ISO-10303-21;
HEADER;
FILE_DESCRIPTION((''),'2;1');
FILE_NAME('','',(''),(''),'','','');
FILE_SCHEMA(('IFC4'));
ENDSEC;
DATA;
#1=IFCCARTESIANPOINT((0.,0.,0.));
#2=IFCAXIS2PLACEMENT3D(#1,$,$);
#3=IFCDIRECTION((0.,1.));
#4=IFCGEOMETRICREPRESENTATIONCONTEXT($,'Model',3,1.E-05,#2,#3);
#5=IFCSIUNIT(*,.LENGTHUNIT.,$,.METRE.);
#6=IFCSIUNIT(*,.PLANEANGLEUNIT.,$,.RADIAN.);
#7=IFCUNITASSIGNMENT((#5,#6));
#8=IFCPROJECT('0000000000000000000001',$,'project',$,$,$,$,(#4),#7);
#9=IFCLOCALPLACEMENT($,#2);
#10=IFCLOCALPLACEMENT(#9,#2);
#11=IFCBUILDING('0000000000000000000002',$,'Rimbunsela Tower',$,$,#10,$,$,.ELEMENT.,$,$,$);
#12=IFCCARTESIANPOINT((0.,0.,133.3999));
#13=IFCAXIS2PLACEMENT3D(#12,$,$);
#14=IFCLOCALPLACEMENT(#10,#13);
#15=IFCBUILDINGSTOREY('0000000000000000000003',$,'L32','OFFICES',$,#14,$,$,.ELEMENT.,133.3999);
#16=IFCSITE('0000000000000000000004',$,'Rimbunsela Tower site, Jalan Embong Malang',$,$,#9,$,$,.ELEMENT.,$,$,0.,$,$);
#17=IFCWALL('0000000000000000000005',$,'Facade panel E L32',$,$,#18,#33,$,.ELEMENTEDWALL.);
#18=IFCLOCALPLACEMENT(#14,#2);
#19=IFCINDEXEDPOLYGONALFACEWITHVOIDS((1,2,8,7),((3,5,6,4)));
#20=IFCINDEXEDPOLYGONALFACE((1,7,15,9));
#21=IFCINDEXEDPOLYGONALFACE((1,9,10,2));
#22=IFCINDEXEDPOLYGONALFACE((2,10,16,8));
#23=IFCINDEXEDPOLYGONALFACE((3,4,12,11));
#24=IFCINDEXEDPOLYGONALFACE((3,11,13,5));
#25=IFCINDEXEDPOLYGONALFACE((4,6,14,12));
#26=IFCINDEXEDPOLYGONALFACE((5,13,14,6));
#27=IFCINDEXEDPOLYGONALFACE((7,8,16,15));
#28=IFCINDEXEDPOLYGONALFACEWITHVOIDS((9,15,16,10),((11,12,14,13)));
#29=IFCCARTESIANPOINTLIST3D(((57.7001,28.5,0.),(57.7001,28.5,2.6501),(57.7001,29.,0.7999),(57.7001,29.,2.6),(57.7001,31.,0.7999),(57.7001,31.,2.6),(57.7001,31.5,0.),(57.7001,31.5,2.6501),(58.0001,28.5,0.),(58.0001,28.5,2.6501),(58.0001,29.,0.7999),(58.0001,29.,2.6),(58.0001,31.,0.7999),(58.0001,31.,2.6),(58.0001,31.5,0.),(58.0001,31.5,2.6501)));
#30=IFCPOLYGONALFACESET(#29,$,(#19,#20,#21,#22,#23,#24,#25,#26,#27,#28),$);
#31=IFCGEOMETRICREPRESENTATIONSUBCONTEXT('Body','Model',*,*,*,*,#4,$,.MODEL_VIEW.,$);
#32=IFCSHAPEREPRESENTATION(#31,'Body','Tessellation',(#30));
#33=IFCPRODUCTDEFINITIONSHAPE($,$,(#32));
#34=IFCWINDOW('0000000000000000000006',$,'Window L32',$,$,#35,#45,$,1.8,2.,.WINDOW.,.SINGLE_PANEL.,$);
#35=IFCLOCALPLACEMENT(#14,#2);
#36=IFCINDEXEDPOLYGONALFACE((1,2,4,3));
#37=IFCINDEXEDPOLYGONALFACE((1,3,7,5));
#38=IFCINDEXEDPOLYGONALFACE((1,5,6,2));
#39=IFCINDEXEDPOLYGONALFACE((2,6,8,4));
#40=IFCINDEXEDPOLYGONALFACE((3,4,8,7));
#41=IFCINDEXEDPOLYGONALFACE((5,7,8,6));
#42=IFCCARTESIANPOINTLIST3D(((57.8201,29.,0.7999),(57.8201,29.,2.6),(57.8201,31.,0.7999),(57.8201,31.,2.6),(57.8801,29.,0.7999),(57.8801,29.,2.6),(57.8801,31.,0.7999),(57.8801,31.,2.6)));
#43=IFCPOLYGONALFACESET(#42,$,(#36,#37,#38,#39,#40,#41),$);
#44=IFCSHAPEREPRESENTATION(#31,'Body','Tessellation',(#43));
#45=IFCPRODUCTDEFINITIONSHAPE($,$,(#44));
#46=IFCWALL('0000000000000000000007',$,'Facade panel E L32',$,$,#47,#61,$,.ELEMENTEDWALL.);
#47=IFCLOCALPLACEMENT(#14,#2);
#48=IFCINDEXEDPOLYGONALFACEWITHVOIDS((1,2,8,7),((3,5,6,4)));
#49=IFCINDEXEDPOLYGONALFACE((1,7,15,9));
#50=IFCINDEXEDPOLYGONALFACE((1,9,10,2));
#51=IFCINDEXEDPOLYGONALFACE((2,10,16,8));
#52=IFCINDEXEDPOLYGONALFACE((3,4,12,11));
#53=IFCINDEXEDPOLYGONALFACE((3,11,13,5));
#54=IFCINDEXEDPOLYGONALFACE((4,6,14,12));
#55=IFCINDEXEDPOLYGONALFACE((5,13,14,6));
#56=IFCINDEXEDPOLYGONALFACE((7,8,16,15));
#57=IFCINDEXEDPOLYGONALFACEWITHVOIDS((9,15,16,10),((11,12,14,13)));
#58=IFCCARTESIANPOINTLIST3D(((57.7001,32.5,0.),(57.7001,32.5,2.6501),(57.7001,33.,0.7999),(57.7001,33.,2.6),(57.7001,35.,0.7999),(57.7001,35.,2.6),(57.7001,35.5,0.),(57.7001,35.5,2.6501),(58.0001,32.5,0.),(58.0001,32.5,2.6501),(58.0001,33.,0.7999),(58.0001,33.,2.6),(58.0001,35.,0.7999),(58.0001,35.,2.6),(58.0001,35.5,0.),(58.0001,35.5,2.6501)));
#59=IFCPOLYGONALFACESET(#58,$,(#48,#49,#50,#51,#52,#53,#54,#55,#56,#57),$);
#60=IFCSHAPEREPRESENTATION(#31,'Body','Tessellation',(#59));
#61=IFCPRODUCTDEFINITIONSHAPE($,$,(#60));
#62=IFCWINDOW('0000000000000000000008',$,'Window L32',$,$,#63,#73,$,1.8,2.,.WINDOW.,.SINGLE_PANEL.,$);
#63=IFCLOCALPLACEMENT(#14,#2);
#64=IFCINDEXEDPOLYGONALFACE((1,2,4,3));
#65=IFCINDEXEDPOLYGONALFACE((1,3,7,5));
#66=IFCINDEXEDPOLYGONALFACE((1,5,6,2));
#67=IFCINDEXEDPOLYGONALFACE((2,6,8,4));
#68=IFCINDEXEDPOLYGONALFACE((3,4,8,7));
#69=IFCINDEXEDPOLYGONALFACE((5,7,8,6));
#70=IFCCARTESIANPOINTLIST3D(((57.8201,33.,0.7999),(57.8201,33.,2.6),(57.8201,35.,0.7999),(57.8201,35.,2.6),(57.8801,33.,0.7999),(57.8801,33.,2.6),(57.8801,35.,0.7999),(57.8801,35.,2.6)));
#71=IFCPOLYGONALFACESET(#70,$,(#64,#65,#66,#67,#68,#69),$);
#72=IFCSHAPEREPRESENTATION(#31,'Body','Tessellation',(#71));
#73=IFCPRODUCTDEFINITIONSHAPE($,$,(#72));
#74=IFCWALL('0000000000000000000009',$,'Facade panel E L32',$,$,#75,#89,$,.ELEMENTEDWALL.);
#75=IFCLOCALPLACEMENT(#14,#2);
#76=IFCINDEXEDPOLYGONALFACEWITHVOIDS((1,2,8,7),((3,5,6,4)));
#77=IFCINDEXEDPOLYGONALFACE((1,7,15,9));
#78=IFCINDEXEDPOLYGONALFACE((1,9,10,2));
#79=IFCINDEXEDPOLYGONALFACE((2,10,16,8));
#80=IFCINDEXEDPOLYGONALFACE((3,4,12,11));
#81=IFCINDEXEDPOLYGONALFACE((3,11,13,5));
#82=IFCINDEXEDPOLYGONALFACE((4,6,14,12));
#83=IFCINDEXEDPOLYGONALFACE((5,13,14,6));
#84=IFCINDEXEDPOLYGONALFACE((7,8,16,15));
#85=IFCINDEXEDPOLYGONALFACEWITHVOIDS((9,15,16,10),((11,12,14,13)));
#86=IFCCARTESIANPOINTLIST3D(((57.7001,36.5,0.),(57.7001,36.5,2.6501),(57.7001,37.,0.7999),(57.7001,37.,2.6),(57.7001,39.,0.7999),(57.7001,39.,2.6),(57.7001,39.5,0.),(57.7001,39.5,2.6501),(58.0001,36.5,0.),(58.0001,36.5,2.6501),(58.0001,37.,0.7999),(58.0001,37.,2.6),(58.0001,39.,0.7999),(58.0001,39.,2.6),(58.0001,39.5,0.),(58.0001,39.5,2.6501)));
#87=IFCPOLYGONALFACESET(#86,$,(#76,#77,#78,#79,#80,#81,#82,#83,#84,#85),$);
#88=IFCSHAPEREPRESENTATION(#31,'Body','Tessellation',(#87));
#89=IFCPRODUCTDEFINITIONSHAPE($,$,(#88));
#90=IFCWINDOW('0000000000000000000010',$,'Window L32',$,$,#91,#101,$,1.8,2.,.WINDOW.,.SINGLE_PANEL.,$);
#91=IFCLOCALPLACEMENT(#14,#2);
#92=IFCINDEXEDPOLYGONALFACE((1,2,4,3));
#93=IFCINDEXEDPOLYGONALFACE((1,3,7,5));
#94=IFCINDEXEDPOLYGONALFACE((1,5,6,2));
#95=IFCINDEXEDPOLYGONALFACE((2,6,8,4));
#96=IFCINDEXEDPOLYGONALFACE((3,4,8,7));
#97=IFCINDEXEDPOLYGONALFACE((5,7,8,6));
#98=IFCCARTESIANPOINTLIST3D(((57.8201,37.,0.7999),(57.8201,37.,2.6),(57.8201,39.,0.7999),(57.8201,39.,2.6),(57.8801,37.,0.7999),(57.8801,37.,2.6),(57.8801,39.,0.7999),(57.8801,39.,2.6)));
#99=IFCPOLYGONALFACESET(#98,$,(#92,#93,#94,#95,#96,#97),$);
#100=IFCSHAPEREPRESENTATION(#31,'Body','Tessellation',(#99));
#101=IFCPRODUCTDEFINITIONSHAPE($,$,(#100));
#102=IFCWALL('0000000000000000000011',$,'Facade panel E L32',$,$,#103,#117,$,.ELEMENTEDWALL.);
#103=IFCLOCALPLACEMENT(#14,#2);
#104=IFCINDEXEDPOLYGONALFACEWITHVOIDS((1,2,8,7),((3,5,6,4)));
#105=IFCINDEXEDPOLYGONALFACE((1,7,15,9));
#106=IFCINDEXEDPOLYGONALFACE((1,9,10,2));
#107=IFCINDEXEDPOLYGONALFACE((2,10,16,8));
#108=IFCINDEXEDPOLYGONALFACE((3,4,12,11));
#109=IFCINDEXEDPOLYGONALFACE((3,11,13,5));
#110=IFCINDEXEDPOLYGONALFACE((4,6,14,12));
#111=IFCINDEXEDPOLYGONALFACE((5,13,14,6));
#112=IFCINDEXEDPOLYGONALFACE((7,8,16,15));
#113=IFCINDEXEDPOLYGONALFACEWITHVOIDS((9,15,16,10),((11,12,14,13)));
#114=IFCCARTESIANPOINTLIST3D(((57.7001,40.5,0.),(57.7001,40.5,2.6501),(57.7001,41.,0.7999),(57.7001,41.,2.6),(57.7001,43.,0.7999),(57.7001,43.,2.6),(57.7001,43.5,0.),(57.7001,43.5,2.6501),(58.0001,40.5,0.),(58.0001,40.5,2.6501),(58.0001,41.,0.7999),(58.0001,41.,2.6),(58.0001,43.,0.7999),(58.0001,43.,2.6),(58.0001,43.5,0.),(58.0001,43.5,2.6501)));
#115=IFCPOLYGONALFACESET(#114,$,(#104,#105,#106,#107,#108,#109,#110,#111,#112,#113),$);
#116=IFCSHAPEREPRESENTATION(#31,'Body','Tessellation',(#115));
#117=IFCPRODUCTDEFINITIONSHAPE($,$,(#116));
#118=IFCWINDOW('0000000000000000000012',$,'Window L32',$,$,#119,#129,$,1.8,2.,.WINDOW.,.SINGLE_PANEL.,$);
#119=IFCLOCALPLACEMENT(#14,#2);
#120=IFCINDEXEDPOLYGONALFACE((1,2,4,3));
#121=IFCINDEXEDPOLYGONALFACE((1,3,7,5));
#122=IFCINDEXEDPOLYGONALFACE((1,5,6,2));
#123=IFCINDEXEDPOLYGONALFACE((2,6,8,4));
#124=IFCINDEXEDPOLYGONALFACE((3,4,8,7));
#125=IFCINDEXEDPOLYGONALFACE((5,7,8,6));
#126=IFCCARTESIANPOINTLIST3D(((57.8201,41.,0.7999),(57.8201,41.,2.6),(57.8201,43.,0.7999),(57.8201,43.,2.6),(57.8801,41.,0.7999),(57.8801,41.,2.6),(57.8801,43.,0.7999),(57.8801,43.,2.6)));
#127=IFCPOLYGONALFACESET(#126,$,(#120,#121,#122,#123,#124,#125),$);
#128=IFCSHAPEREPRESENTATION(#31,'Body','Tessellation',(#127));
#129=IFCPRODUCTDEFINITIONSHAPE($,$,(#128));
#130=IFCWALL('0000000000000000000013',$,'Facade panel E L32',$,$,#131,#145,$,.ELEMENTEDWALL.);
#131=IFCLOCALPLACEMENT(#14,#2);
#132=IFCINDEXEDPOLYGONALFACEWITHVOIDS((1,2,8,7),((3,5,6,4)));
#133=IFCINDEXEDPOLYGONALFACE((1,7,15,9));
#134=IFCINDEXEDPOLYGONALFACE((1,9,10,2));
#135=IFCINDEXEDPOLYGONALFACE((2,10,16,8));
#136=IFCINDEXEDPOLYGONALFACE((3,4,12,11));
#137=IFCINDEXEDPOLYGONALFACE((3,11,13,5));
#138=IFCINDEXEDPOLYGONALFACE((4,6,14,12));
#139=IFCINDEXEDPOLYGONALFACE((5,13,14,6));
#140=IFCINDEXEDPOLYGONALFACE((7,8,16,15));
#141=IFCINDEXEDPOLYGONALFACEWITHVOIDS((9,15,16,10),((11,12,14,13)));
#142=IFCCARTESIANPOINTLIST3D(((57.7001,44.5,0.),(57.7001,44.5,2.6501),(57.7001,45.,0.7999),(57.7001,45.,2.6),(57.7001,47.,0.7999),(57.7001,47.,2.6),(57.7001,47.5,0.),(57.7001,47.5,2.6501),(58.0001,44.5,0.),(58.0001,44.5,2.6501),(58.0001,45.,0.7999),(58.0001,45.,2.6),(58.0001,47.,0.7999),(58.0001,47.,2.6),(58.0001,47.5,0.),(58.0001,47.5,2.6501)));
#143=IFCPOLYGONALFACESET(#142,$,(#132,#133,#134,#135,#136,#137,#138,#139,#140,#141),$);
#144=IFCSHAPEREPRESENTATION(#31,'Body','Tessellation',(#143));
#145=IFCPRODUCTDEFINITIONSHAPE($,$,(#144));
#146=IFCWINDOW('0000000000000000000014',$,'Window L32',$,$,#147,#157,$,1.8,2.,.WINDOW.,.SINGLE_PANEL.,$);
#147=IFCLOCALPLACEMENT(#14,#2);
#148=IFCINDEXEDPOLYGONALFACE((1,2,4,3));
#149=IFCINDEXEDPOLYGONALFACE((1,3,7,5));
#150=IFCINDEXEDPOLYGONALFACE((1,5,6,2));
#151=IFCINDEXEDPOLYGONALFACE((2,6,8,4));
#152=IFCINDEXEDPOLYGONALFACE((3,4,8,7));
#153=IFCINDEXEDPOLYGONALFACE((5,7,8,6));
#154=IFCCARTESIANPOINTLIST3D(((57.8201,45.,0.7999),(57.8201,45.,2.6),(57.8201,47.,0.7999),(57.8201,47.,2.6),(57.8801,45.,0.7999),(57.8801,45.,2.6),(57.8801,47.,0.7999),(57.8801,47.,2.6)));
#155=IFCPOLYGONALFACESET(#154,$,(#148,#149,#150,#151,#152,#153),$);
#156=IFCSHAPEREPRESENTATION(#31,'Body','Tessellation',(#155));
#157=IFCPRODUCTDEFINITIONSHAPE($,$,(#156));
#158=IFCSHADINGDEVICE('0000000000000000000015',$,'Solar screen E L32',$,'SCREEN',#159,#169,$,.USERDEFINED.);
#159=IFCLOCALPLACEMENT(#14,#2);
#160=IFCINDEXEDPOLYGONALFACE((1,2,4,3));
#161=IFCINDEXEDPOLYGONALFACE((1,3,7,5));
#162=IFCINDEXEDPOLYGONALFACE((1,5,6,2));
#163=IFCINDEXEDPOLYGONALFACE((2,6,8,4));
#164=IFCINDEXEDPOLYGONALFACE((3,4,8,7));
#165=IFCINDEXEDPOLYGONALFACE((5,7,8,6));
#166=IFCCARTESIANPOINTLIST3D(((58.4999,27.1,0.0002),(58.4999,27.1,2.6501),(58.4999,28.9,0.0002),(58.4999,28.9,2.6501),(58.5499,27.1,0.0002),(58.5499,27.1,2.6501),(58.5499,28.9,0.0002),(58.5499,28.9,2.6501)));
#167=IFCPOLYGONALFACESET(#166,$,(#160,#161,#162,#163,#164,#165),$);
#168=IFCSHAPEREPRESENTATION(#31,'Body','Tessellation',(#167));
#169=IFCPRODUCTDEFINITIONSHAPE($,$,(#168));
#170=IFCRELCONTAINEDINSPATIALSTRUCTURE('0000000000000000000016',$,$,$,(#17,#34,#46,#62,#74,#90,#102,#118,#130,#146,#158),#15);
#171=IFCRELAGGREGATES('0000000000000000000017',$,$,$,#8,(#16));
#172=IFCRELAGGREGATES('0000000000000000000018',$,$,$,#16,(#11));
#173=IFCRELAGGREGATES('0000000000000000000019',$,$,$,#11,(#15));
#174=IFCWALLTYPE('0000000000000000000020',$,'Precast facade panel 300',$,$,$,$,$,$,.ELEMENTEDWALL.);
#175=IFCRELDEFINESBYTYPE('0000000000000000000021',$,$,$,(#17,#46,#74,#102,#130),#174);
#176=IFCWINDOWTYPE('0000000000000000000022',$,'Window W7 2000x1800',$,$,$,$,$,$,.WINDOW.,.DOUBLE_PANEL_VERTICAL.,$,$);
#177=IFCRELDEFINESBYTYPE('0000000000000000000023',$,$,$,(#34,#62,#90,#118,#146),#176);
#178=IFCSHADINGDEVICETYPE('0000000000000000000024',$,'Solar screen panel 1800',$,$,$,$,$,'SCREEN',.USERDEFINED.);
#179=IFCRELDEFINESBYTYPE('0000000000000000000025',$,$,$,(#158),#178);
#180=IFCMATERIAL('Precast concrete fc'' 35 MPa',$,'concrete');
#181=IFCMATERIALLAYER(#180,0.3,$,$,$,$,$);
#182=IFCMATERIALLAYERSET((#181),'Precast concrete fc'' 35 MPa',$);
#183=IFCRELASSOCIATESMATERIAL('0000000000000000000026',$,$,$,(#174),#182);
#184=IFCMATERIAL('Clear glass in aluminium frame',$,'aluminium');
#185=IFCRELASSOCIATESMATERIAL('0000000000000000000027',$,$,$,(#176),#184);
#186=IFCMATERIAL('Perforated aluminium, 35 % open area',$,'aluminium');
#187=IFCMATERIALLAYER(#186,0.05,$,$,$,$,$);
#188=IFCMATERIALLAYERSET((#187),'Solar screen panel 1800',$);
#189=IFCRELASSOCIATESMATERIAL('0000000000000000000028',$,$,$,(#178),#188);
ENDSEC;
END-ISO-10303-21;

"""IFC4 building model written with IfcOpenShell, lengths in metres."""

from ifc_helpers import new_model, si_unit, direction, frame, frame_2d, origin, origin_2d, place, context, subcontext, project, spatial, rectangle, extrude, material, layer, layer_set, type_object, element, fill, save


model = new_model("IFC4")

# Units and contexts
model_context = context("Model", 3, precision=1e-05, world=origin(), true_north=direction((0.0, 1.0)))
body_context = subcontext(model_context, "Body", "Model", "MODEL_VIEW")
ifc_project = project(units=[si_unit("LENGTHUNIT", "METRE"), si_unit("PLANEANGLEUNIT", "RADIAN")], contexts=[model_context])

# Site, building, storey
site_placement = place(None, origin())
site = spatial("IfcSite", under=ifc_project, at=site_placement, Name="Rimbunsela Tower site, Jalan Embong Malang", CompositionType="ELEMENT", RefElevation=0.0)
building_placement = place(site_placement, origin())
building = spatial("IfcBuilding", under=site, at=building_placement, Name="Rimbunsela Tower", CompositionType="ELEMENT")
storey_placement = place(building_placement, frame((0.0, 0.0, 133.3999)))
storey = spatial("IfcBuildingStorey", under=building, at=storey_placement, Name="L32", Description="OFFICES", CompositionType="ELEMENT", Elevation=133.3999)

# Walls, openings, windows
ifc_material_1 = material(Name="Precast concrete fc' 35 MPa", Category="concrete")
ifc_layer_1 = layer(ifc_material_1, 0.3)
ifc_layer_set_1 = layer_set([ifc_layer_1], Name="Precast concrete fc' 35 MPa")
wall_type_1 = type_object("IfcWallType", Name="Precast facade panel 300", PredefinedType="ELEMENTEDWALL", material=ifc_layer_set_1)
ifc_material_2 = material(Name="Clear glass in aluminium frame", Category="aluminium")
window_type = type_object("IfcWindowType", Name="Window W7 2000x1800", PartitioningType="DOUBLE_PANEL_VERTICAL", PredefinedType="WINDOW", material=ifc_material_2)
wall_1_placement = place(storey_placement, frame((57.8501, 28.5, 0.0), z_axis=(0.0, 0.0, 1.0), x_axis=(0.0, 1.0, 0.0)))
wall_1 = element("IfcWall", 1, at=wall_1_placement, inside=storey, type_object=wall_type_1, Name="Facade panel E L32", PredefinedType="ELEMENTEDWALL", context=body_context, shape_type="SweptSolid", body=[
    extrude(rectangle(XDim=3.0, YDim=0.3, at=frame_2d((1.5, 0.0))), origin(), (0.0, 0.0, 1.0), 2.6501),
])
opening_1_placement = place(wall_1_placement, frame((0.5, 0.0, 0.8)))
opening_1 = element("IfcOpeningElement", 2, at=opening_1_placement, cuts=wall_1, PredefinedType="OPENING", context=body_context, shape_type="SweptSolid", body=[
    extrude(rectangle(XDim=2.0, YDim=1.8, at=frame_2d((1.0, 0.8999))), frame((0.0, 0.1599, 0.0), z_axis=(0.0, -1.0, 0.0), x_axis=(1.0, 0.0, 0.0)), (0.0, 0.0, 1.0), 0.3201),
])
window_1_placement = place(opening_1_placement, origin())
window_1 = element("IfcWindow", 3, at=window_1_placement, inside=storey, type_object=window_type, Name="Window L32", OverallHeight=1.8, OverallWidth=2.0, PartitioningType="SINGLE_PANEL", PredefinedType="WINDOW", context=body_context, shape_type="SweptSolid", body=[
    extrude(rectangle(XDim=2.0, YDim=1.8, at=frame_2d((1.0, 0.8999))), frame((0.0, 0.03, 0.0), z_axis=(0.0, -1.0, 0.0), x_axis=(1.0, 0.0, 0.0)), (0.0, 0.0, 1.0), 0.0601),
])
fill(opening_1, window_1)
wall_2_placement = place(storey_placement, frame((57.8501, 32.5, 0.0), z_axis=(0.0, 0.0, 1.0), x_axis=(0.0, 1.0, 0.0)))
wall_2 = element("IfcWall", 4, at=wall_2_placement, inside=storey, type_object=wall_type_1, Name="Facade panel E L32", PredefinedType="ELEMENTEDWALL", context=body_context, shape_type="SweptSolid", body=[
    extrude(rectangle(XDim=3.0, YDim=0.3, at=frame_2d((1.5, 0.0))), origin(), (0.0, 0.0, 1.0), 2.6501),
])
opening_2_placement = place(wall_2_placement, frame((0.5, 0.0, 0.8)))
opening_2 = element("IfcOpeningElement", 5, at=opening_2_placement, cuts=wall_2, PredefinedType="OPENING", context=body_context, shape_type="SweptSolid", body=[
    extrude(rectangle(XDim=2.0, YDim=1.8, at=frame_2d((1.0, 0.8999))), frame((0.0, 0.1599, 0.0), z_axis=(0.0, -1.0, 0.0), x_axis=(1.0, 0.0, 0.0)), (0.0, 0.0, 1.0), 0.3201),
])
window_2_placement = place(opening_2_placement, origin())
window_2 = element("IfcWindow", 6, at=window_2_placement, inside=storey, type_object=window_type, Name="Window L32", OverallHeight=1.8, OverallWidth=2.0, PartitioningType="SINGLE_PANEL", PredefinedType="WINDOW", context=body_context, shape_type="SweptSolid", body=[
    extrude(rectangle(XDim=2.0, YDim=1.8, at=frame_2d((1.0, 0.8999))), frame((0.0, 0.03, 0.0), z_axis=(0.0, -1.0, 0.0), x_axis=(1.0, 0.0, 0.0)), (0.0, 0.0, 1.0), 0.0601),
])
fill(opening_2, window_2)
wall_3_placement = place(storey_placement, frame((57.8501, 36.5, 0.0), z_axis=(0.0, 0.0, 1.0), x_axis=(0.0, 1.0, 0.0)))
wall_3 = element("IfcWall", 7, at=wall_3_placement, inside=storey, type_object=wall_type_1, Name="Facade panel E L32", PredefinedType="ELEMENTEDWALL", context=body_context, shape_type="SweptSolid", body=[
    extrude(rectangle(XDim=3.0, YDim=0.3, at=frame_2d((1.5, 0.0))), origin(), (0.0, 0.0, 1.0), 2.6501),
])
opening_3_placement = place(wall_3_placement, frame((0.5, 0.0, 0.8)))
opening_3 = element("IfcOpeningElement", 8, at=opening_3_placement, cuts=wall_3, PredefinedType="OPENING", context=body_context, shape_type="SweptSolid", body=[
    extrude(rectangle(XDim=2.0, YDim=1.8, at=frame_2d((1.0, 0.8999))), frame((0.0, 0.1599, 0.0), z_axis=(0.0, -1.0, 0.0), x_axis=(1.0, 0.0, 0.0)), (0.0, 0.0, 1.0), 0.3201),
])
window_3_placement = place(opening_3_placement, origin())
window_3 = element("IfcWindow", 9, at=window_3_placement, inside=storey, type_object=window_type, Name="Window L32", OverallHeight=1.8, OverallWidth=2.0, PartitioningType="SINGLE_PANEL", PredefinedType="WINDOW", context=body_context, shape_type="SweptSolid", body=[
    extrude(rectangle(XDim=2.0, YDim=1.8, at=frame_2d((1.0, 0.8999))), frame((0.0, 0.03, 0.0), z_axis=(0.0, -1.0, 0.0), x_axis=(1.0, 0.0, 0.0)), (0.0, 0.0, 1.0), 0.0601),
])
fill(opening_3, window_3)
wall_4_placement = place(storey_placement, frame((57.8501, 40.5, 0.0), z_axis=(0.0, 0.0, 1.0), x_axis=(0.0, 1.0, 0.0)))
wall_4 = element("IfcWall", 10, at=wall_4_placement, inside=storey, type_object=wall_type_1, Name="Facade panel E L32", PredefinedType="ELEMENTEDWALL", context=body_context, shape_type="SweptSolid", body=[
    extrude(rectangle(XDim=3.0, YDim=0.3, at=frame_2d((1.5, 0.0))), origin(), (0.0, 0.0, 1.0), 2.6501),
])
opening_4_placement = place(wall_4_placement, frame((0.5, 0.0, 0.8)))
opening_4 = element("IfcOpeningElement", 11, at=opening_4_placement, cuts=wall_4, PredefinedType="OPENING", context=body_context, shape_type="SweptSolid", body=[
    extrude(rectangle(XDim=2.0, YDim=1.8, at=frame_2d((1.0, 0.8999))), frame((0.0, 0.1599, 0.0), z_axis=(0.0, -1.0, 0.0), x_axis=(1.0, 0.0, 0.0)), (0.0, 0.0, 1.0), 0.3201),
])
window_4_placement = place(opening_4_placement, origin())
window_4 = element("IfcWindow", 12, at=window_4_placement, inside=storey, type_object=window_type, Name="Window L32", OverallHeight=1.8, OverallWidth=2.0, PartitioningType="SINGLE_PANEL", PredefinedType="WINDOW", context=body_context, shape_type="SweptSolid", body=[
    extrude(rectangle(XDim=2.0, YDim=1.8, at=frame_2d((1.0, 0.8999))), frame((0.0, 0.03, 0.0), z_axis=(0.0, -1.0, 0.0), x_axis=(1.0, 0.0, 0.0)), (0.0, 0.0, 1.0), 0.0601),
])
fill(opening_4, window_4)
wall_5_placement = place(storey_placement, frame((57.8501, 44.5, 0.0), z_axis=(0.0, 0.0, 1.0), x_axis=(0.0, 1.0, 0.0)))
wall_5 = element("IfcWall", 13, at=wall_5_placement, inside=storey, type_object=wall_type_1, Name="Facade panel E L32", PredefinedType="ELEMENTEDWALL", context=body_context, shape_type="SweptSolid", body=[
    extrude(rectangle(XDim=3.0, YDim=0.3, at=frame_2d((1.5, 0.0))), origin(), (0.0, 0.0, 1.0), 2.6501),
])
opening_5_placement = place(wall_5_placement, frame((0.5, 0.0, 0.8)))
opening_5 = element("IfcOpeningElement", 14, at=opening_5_placement, cuts=wall_5, PredefinedType="OPENING", context=body_context, shape_type="SweptSolid", body=[
    extrude(rectangle(XDim=2.0, YDim=1.8, at=frame_2d((1.0, 0.8999))), frame((0.0, 0.1599, 0.0), z_axis=(0.0, -1.0, 0.0), x_axis=(1.0, 0.0, 0.0)), (0.0, 0.0, 1.0), 0.3201),
])
window_5_placement = place(opening_5_placement, origin())
window_5 = element("IfcWindow", 15, at=window_5_placement, inside=storey, type_object=window_type, Name="Window L32", OverallHeight=1.8, OverallWidth=2.0, PartitioningType="SINGLE_PANEL", PredefinedType="WINDOW", context=body_context, shape_type="SweptSolid", body=[
    extrude(rectangle(XDim=2.0, YDim=1.8, at=frame_2d((1.0, 0.8999))), frame((0.0, 0.03, 0.0), z_axis=(0.0, -1.0, 0.0), x_axis=(1.0, 0.0, 0.0)), (0.0, 0.0, 1.0), 0.0601),
])
fill(opening_5, window_5)

# Shading device
ifc_material_3 = material(Name="Perforated aluminium, 35 % open area", Category="aluminium")
ifc_layer_2 = layer(ifc_material_3, 0.05)
ifc_layer_set_2 = layer_set([ifc_layer_2], Name="Solar screen panel 1800")
shading_device_type = type_object("IfcShadingDeviceType", Name="Solar screen panel 1800", ElementType="SCREEN", PredefinedType="USERDEFINED", material=ifc_layer_set_2)
for number, where, z_axis, x_axis, name in (
    (16, (58.5249, 28.0, 0.0002), (0.0, 0.0, 1.0), (0.0, 1.0, 0.0), "Solar screen E L32"),
):
    element("IfcShadingDevice", number, at=place(storey_placement, frame(where, z_axis=z_axis, x_axis=x_axis)), inside=storey, type_object=shading_device_type, Name=name, ObjectType="SCREEN", PredefinedType="USERDEFINED", context=body_context, shape_type="SweptSolid", body=[
        extrude(rectangle(XDim=1.8, YDim=0.05, at=origin_2d()), origin(), (0.0, 0.0, 1.0), 2.6499),
    ])

save(model, "model.ifc")
